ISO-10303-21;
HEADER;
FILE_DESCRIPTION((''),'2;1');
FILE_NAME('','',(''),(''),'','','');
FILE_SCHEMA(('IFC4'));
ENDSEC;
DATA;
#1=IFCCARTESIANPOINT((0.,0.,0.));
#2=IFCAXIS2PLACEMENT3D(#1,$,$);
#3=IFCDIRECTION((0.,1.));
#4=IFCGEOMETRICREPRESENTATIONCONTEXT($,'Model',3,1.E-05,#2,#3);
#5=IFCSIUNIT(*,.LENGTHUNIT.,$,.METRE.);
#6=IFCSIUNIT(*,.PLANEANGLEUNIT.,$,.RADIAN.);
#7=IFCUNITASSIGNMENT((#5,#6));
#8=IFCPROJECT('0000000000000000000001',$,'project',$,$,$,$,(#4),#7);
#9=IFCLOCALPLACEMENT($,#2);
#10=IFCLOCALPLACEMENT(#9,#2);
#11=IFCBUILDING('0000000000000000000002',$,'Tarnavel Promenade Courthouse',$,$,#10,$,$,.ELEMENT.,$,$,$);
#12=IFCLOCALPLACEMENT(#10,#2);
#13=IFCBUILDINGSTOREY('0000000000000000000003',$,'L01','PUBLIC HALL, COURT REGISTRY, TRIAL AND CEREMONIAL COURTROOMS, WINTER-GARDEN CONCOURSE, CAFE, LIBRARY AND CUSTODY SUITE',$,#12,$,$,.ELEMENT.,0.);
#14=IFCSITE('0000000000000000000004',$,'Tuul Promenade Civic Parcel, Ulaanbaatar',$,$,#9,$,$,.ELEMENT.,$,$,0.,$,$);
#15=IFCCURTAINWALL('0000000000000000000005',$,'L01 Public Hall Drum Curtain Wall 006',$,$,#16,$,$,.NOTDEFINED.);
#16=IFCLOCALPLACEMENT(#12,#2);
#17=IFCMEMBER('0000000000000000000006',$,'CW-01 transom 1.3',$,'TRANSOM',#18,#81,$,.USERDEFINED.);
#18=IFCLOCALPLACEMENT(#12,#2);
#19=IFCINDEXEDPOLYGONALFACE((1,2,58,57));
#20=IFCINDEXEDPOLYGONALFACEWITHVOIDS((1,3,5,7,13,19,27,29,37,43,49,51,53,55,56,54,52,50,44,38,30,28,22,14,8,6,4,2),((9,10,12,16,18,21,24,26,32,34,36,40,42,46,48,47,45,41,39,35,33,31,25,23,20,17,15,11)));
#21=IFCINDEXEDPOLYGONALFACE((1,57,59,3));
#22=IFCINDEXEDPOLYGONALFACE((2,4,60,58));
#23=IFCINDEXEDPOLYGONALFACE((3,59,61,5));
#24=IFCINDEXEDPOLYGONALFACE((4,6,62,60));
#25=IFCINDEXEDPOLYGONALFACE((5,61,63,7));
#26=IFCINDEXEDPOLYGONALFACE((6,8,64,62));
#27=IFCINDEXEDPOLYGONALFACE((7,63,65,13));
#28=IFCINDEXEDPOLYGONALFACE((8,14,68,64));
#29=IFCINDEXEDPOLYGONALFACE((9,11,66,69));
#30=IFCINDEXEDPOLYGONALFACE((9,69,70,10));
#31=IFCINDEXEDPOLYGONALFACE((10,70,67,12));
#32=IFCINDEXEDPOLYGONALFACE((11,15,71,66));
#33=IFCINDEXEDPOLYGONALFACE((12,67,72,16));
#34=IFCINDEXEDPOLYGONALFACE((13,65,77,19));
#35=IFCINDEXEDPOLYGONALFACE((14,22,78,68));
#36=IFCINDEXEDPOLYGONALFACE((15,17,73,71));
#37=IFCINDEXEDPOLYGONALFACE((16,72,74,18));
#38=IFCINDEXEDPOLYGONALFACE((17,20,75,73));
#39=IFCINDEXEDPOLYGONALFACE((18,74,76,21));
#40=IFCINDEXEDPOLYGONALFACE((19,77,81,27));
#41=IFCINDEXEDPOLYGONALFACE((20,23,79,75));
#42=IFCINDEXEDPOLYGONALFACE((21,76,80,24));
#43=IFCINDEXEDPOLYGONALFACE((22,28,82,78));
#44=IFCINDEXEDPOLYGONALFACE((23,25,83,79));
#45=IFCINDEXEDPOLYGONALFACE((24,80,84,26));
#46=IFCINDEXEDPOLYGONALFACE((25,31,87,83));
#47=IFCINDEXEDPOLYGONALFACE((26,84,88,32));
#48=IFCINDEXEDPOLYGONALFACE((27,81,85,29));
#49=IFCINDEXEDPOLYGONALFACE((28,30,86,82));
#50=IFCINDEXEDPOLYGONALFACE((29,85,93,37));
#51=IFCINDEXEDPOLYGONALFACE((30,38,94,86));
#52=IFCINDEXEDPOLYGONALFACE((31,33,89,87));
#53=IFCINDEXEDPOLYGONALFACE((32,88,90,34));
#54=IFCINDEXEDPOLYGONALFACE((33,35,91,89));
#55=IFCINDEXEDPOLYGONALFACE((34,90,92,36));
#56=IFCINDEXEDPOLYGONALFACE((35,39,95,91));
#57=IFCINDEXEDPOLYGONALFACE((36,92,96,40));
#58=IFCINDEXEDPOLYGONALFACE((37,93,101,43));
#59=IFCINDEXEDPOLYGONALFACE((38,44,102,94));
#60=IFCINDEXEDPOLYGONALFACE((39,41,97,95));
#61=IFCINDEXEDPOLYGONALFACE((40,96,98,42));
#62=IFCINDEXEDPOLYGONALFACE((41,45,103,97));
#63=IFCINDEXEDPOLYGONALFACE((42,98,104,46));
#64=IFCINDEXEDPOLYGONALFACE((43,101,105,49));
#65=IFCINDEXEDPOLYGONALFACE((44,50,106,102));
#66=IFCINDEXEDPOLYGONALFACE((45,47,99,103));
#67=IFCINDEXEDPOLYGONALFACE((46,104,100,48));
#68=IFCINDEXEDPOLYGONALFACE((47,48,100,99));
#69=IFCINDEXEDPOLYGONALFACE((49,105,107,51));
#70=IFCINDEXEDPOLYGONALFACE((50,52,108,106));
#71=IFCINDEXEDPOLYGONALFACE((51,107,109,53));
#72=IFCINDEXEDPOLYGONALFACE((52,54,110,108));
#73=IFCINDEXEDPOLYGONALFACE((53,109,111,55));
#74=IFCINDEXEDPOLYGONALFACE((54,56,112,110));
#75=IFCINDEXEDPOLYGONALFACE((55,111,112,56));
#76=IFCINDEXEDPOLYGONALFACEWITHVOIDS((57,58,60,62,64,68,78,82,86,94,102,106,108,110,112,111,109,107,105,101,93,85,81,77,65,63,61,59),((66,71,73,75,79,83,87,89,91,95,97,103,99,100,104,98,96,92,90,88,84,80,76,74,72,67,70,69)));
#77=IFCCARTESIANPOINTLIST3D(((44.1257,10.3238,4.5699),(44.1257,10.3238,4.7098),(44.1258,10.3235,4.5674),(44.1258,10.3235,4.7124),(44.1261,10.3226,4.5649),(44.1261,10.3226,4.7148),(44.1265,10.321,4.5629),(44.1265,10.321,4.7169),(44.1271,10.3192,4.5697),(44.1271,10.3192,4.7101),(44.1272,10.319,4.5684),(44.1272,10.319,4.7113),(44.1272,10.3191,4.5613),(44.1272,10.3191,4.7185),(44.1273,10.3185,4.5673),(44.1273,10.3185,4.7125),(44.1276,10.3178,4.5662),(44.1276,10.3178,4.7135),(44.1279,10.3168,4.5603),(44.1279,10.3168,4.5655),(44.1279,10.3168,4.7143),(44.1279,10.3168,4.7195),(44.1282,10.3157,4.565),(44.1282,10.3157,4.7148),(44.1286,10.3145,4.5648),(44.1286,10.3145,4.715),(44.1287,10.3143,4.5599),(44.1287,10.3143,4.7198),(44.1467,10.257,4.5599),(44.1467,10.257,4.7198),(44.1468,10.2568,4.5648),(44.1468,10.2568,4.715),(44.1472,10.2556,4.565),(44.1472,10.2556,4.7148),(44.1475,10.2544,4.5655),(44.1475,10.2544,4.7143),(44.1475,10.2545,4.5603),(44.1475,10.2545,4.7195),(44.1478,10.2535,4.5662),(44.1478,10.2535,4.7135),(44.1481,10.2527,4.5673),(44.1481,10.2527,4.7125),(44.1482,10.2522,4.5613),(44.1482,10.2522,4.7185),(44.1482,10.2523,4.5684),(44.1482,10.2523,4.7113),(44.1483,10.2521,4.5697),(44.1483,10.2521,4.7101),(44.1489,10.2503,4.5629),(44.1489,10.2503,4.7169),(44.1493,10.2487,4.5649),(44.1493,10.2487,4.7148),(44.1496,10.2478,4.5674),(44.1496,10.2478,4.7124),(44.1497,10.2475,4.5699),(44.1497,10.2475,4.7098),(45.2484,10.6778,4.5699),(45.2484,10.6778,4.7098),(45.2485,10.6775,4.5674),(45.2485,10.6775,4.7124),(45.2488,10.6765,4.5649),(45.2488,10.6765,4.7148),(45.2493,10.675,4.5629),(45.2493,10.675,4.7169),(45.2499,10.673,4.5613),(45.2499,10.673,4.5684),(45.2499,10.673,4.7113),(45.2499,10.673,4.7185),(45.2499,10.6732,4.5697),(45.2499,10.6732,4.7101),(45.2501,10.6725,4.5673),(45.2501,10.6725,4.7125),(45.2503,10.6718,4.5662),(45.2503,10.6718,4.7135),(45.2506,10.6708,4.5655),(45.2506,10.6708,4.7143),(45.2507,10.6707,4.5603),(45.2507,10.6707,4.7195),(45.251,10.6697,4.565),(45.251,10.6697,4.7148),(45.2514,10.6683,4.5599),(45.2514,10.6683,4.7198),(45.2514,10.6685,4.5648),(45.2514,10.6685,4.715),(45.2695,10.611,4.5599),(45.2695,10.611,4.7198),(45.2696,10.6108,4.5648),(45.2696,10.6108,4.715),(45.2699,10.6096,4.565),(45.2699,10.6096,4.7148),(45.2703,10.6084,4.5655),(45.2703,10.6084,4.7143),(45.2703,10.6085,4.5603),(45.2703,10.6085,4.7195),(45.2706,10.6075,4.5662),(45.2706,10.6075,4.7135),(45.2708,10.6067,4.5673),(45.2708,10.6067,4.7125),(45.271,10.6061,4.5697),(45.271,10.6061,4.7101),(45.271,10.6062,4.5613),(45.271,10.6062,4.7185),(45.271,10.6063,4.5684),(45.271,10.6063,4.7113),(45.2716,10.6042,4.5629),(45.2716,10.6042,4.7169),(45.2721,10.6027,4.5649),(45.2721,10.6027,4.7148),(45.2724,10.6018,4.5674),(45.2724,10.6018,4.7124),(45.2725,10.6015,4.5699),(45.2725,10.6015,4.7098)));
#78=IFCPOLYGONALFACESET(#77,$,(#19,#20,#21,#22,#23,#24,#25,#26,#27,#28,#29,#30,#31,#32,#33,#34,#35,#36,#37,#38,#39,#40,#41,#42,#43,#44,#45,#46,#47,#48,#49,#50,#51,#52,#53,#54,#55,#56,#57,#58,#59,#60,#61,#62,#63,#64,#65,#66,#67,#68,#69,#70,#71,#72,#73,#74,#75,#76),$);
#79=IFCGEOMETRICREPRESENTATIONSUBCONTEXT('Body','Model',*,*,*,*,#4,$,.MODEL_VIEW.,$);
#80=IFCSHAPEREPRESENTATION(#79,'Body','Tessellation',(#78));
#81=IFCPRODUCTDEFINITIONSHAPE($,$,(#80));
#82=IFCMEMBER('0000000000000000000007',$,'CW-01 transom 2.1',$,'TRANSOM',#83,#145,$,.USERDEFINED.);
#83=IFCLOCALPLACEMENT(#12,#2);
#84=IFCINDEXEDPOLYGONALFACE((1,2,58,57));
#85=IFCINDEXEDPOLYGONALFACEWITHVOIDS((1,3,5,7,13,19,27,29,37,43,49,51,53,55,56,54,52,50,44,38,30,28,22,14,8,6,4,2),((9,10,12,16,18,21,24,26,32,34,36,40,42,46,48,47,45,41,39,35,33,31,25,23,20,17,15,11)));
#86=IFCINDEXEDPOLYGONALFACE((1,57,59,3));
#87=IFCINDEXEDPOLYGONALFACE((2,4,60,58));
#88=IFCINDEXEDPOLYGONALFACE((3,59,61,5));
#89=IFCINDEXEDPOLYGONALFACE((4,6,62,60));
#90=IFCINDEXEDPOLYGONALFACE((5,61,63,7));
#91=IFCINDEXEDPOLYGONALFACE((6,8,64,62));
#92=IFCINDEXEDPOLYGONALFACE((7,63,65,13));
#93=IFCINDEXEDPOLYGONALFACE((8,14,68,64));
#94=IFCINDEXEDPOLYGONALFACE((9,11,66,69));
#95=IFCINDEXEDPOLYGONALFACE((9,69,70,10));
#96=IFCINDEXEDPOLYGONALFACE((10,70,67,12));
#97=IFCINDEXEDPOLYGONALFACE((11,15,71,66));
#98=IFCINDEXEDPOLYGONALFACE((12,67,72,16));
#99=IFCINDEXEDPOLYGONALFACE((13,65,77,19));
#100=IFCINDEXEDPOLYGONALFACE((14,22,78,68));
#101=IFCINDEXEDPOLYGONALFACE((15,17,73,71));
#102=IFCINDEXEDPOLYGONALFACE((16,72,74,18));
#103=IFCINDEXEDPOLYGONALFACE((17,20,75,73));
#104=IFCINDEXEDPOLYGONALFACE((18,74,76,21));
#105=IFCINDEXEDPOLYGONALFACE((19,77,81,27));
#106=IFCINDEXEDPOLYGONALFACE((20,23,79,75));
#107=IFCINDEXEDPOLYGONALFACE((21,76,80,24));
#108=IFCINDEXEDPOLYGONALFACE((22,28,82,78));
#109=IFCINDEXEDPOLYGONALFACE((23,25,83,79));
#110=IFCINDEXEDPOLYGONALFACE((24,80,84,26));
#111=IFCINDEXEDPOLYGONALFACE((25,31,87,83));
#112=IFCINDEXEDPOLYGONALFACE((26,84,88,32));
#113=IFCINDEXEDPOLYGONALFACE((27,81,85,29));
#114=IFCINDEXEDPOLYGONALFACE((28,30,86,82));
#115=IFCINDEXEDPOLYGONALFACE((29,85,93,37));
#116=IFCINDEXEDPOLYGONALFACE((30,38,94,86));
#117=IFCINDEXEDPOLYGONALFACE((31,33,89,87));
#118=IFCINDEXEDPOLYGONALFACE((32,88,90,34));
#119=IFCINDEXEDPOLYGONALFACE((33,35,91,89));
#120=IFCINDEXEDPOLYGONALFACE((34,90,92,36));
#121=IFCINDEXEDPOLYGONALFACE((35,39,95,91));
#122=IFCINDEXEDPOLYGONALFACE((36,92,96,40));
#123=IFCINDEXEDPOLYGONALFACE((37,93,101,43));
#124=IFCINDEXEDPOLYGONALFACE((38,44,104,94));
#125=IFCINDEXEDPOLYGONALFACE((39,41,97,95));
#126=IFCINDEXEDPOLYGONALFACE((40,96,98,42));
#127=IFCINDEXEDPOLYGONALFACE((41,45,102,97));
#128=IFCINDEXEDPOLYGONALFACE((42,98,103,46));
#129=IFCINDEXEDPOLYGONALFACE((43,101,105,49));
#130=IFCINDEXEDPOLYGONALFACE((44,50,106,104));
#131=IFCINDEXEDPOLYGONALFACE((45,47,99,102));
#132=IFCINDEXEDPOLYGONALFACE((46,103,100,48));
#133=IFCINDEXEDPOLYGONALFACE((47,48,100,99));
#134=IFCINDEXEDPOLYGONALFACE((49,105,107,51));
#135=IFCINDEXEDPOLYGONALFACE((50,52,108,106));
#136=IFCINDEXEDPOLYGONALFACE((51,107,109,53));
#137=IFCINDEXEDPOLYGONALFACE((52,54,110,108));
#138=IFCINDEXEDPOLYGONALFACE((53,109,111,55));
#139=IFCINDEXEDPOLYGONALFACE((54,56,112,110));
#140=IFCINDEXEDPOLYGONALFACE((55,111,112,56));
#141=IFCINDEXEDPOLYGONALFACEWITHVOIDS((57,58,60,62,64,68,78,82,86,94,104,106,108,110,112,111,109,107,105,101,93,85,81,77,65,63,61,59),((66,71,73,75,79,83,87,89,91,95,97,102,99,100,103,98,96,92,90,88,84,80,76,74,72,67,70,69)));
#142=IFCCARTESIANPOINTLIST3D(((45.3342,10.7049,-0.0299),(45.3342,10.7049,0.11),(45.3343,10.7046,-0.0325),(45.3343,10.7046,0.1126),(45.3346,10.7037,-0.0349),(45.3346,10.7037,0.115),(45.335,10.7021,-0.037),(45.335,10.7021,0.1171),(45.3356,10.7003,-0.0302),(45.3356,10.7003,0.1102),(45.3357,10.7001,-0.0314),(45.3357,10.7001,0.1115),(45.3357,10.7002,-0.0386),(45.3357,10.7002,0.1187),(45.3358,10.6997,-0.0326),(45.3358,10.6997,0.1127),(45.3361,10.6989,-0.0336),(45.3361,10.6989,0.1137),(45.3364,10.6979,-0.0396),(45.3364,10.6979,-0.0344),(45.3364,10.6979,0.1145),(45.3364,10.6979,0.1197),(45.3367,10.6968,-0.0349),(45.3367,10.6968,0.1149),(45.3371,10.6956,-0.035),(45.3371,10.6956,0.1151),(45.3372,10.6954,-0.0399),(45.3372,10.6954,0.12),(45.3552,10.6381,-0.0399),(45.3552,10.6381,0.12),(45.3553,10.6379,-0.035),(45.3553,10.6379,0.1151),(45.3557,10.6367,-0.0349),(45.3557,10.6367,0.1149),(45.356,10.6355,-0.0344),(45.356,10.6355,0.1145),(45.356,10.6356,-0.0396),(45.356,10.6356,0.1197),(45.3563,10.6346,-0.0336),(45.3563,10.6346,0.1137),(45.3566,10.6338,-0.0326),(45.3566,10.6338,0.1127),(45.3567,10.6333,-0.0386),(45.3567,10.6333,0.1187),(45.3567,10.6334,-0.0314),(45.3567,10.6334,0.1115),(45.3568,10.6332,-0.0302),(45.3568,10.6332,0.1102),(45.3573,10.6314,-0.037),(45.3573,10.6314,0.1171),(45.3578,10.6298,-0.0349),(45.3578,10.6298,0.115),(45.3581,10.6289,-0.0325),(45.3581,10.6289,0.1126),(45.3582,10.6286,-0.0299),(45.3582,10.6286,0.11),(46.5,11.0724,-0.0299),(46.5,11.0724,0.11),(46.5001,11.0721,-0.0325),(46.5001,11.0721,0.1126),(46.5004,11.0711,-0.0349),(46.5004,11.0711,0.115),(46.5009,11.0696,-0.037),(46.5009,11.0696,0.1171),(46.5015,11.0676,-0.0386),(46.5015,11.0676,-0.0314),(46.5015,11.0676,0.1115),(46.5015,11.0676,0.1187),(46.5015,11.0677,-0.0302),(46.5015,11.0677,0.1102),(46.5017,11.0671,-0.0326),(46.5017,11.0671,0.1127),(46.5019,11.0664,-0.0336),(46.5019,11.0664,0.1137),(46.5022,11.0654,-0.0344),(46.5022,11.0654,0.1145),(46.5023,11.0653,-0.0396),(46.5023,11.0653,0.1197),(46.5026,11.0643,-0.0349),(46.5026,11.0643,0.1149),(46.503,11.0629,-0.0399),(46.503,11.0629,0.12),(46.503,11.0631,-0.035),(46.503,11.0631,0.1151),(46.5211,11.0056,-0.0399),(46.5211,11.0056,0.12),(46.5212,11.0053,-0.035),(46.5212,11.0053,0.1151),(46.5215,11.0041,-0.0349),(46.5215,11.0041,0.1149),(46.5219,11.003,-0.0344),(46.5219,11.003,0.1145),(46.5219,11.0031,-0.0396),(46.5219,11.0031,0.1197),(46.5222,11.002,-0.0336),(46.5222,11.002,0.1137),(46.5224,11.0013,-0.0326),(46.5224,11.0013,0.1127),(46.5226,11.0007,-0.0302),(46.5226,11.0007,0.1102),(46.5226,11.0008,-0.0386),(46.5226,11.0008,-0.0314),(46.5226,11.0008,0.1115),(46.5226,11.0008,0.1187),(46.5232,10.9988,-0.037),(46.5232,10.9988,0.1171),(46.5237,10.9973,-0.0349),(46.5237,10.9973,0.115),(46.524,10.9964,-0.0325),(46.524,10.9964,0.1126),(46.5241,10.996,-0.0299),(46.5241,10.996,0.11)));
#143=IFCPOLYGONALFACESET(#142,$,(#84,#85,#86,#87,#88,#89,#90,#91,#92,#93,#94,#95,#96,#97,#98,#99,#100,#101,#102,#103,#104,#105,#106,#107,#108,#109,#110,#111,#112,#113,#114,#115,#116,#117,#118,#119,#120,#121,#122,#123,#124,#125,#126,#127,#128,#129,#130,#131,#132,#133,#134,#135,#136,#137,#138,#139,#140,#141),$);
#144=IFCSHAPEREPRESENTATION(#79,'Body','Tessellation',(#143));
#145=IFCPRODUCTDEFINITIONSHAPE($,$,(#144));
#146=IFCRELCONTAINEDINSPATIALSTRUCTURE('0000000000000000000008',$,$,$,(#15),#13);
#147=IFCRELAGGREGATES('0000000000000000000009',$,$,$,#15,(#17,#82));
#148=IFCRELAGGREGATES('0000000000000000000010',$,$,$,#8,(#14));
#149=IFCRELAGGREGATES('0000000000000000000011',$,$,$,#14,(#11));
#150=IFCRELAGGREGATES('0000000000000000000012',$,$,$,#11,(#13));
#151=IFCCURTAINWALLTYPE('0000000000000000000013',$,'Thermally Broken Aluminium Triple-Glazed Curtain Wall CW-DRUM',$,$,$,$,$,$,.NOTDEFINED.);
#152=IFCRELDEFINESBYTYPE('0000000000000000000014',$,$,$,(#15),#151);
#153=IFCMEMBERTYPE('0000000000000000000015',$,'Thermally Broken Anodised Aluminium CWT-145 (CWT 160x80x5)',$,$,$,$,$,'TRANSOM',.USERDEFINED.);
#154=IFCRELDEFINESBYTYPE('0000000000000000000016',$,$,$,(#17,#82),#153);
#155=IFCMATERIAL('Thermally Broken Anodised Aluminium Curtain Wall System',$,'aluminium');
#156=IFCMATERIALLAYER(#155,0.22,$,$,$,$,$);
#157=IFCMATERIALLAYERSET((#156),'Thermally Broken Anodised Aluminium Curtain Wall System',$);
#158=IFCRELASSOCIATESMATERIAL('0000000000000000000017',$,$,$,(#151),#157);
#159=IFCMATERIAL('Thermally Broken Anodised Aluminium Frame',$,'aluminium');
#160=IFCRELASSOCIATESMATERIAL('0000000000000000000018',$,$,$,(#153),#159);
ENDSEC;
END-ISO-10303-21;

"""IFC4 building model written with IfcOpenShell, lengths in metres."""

from ifc_helpers import new_model, si_unit, direction, frame, origin, origin_2d, place, context, subcontext, project, spatial, hollow_rectangle, extrude, material, layer, layer_set, material_profile, profile_set, type_object, element, aggregate, save


model = new_model("IFC4")

# Units and contexts
model_context = context("Model", 3, precision=1e-05, world=origin(), true_north=direction((0.0, 1.0)))
body_context = subcontext(model_context, "Body", "Model", "MODEL_VIEW")
ifc_project = project(units=[si_unit("LENGTHUNIT", "METRE"), si_unit("PLANEANGLEUNIT", "RADIAN")], contexts=[model_context])

# Site, building, storey
site_placement = place(None, origin())
site = spatial("IfcSite", under=ifc_project, at=site_placement, Name="Tuul Promenade Civic Parcel, Ulaanbaatar", CompositionType="ELEMENT", RefElevation=0.0)
building_placement = place(site_placement, origin())
building = spatial("IfcBuilding", under=site, at=building_placement, Name="Tarnavel Promenade Courthouse", CompositionType="ELEMENT")
storey_placement = place(building_placement, origin())
storey = spatial("IfcBuildingStorey", under=building, at=storey_placement, Name="L01", Description="PUBLIC HALL, COURT REGISTRY, TRIAL AND CEREMONIAL COURTROOMS, WINTER-GARDEN CONCOURSE, CAFE, LIBRARY AND CUSTODY SUITE", CompositionType="ELEMENT", Elevation=0.0)

# Curtain wall
ifc_material_1 = material(Name="Thermally Broken Anodised Aluminium Curtain Wall System", Category="aluminium")
ifc_layer_1 = layer(ifc_material_1, 0.22)
ifc_layer_set_1 = layer_set([ifc_layer_1], Name="Thermally Broken Anodised Aluminium Curtain Wall System")
curtain_wall_type = type_object("IfcCurtainWallType", Name="Thermally Broken Aluminium Triple-Glazed Curtain Wall CW-DRUM", PredefinedType="NOTDEFINED", material=ifc_layer_set_1)
ifc_material_2 = material(Name="Thermally Broken Anodised Aluminium Frame", Category="aluminium")
curtain_wall_1_placement = place(storey_placement, origin())
curtain_wall_1 = element("IfcCurtainWall", 1, at=curtain_wall_1_placement, inside=storey, type_object=curtain_wall_type, Name="L01 Public Hall Drum Curtain Wall 006", PredefinedType="NOTDEFINED")

# Members
ifc_material_profile_1 = material_profile(ifc_material_2, hollow_rectangle(XDim=0.0801, YDim=0.1599, WallThickness=0.0049, InnerFilletRadius=0.0049, OuterFilletRadius=0.01, at=origin_2d()), Name="CWT 160x80x5")
ifc_profile_set_1 = profile_set([ifc_material_profile_1], Name="Thermally Broken Anodised Aluminium Frame")
member_type_1 = type_object("IfcMemberType", Name="Thermally Broken Anodised Aluminium CWT-145 (CWT 160x80x5)", ElementType="TRANSOM", PredefinedType="USERDEFINED", material=ifc_profile_set_1)
member_1_placement = place(storey_placement, frame((44.1377, 10.2856, 4.6399), z_axis=(0.95372, 0.300695, 0.0), x_axis=(-0.300695, 0.95372, 0.0)))
member_1 = element("IfcMember", 2, at=member_1_placement, type_object=member_type_1, Name="CW-01 transom 1.3", ObjectType="TRANSOM", PredefinedType="USERDEFINED", context=body_context, shape_type="SweptSolid", body=[
    extrude(hollow_rectangle(XDim=0.0801, YDim=0.1599, WallThickness=0.0049, InnerFilletRadius=0.0049, OuterFilletRadius=0.01, at=origin_2d()), origin(), (0.0, 0.0, 1.0), 1.1772),
])
member_2_placement = place(storey_placement, frame((45.3462, 10.6667, 0.04), z_axis=(0.953749, 0.300606, 0.0), x_axis=(-0.300606, 0.953749, 0.0)))
member_2 = element("IfcMember", 3, at=member_2_placement, type_object=member_type_1, Name="CW-01 transom 2.1", ObjectType="TRANSOM", PredefinedType="USERDEFINED", context=body_context, shape_type="SweptSolid", body=[
    extrude(hollow_rectangle(XDim=0.0801, YDim=0.1599, WallThickness=0.0049, InnerFilletRadius=0.0049, OuterFilletRadius=0.01, at=origin_2d()), origin(), (0.0, 0.0, 1.0), 1.2224),
])

aggregate(curtain_wall_1, [member_1, member_2])

save(model, "model.ifc")
